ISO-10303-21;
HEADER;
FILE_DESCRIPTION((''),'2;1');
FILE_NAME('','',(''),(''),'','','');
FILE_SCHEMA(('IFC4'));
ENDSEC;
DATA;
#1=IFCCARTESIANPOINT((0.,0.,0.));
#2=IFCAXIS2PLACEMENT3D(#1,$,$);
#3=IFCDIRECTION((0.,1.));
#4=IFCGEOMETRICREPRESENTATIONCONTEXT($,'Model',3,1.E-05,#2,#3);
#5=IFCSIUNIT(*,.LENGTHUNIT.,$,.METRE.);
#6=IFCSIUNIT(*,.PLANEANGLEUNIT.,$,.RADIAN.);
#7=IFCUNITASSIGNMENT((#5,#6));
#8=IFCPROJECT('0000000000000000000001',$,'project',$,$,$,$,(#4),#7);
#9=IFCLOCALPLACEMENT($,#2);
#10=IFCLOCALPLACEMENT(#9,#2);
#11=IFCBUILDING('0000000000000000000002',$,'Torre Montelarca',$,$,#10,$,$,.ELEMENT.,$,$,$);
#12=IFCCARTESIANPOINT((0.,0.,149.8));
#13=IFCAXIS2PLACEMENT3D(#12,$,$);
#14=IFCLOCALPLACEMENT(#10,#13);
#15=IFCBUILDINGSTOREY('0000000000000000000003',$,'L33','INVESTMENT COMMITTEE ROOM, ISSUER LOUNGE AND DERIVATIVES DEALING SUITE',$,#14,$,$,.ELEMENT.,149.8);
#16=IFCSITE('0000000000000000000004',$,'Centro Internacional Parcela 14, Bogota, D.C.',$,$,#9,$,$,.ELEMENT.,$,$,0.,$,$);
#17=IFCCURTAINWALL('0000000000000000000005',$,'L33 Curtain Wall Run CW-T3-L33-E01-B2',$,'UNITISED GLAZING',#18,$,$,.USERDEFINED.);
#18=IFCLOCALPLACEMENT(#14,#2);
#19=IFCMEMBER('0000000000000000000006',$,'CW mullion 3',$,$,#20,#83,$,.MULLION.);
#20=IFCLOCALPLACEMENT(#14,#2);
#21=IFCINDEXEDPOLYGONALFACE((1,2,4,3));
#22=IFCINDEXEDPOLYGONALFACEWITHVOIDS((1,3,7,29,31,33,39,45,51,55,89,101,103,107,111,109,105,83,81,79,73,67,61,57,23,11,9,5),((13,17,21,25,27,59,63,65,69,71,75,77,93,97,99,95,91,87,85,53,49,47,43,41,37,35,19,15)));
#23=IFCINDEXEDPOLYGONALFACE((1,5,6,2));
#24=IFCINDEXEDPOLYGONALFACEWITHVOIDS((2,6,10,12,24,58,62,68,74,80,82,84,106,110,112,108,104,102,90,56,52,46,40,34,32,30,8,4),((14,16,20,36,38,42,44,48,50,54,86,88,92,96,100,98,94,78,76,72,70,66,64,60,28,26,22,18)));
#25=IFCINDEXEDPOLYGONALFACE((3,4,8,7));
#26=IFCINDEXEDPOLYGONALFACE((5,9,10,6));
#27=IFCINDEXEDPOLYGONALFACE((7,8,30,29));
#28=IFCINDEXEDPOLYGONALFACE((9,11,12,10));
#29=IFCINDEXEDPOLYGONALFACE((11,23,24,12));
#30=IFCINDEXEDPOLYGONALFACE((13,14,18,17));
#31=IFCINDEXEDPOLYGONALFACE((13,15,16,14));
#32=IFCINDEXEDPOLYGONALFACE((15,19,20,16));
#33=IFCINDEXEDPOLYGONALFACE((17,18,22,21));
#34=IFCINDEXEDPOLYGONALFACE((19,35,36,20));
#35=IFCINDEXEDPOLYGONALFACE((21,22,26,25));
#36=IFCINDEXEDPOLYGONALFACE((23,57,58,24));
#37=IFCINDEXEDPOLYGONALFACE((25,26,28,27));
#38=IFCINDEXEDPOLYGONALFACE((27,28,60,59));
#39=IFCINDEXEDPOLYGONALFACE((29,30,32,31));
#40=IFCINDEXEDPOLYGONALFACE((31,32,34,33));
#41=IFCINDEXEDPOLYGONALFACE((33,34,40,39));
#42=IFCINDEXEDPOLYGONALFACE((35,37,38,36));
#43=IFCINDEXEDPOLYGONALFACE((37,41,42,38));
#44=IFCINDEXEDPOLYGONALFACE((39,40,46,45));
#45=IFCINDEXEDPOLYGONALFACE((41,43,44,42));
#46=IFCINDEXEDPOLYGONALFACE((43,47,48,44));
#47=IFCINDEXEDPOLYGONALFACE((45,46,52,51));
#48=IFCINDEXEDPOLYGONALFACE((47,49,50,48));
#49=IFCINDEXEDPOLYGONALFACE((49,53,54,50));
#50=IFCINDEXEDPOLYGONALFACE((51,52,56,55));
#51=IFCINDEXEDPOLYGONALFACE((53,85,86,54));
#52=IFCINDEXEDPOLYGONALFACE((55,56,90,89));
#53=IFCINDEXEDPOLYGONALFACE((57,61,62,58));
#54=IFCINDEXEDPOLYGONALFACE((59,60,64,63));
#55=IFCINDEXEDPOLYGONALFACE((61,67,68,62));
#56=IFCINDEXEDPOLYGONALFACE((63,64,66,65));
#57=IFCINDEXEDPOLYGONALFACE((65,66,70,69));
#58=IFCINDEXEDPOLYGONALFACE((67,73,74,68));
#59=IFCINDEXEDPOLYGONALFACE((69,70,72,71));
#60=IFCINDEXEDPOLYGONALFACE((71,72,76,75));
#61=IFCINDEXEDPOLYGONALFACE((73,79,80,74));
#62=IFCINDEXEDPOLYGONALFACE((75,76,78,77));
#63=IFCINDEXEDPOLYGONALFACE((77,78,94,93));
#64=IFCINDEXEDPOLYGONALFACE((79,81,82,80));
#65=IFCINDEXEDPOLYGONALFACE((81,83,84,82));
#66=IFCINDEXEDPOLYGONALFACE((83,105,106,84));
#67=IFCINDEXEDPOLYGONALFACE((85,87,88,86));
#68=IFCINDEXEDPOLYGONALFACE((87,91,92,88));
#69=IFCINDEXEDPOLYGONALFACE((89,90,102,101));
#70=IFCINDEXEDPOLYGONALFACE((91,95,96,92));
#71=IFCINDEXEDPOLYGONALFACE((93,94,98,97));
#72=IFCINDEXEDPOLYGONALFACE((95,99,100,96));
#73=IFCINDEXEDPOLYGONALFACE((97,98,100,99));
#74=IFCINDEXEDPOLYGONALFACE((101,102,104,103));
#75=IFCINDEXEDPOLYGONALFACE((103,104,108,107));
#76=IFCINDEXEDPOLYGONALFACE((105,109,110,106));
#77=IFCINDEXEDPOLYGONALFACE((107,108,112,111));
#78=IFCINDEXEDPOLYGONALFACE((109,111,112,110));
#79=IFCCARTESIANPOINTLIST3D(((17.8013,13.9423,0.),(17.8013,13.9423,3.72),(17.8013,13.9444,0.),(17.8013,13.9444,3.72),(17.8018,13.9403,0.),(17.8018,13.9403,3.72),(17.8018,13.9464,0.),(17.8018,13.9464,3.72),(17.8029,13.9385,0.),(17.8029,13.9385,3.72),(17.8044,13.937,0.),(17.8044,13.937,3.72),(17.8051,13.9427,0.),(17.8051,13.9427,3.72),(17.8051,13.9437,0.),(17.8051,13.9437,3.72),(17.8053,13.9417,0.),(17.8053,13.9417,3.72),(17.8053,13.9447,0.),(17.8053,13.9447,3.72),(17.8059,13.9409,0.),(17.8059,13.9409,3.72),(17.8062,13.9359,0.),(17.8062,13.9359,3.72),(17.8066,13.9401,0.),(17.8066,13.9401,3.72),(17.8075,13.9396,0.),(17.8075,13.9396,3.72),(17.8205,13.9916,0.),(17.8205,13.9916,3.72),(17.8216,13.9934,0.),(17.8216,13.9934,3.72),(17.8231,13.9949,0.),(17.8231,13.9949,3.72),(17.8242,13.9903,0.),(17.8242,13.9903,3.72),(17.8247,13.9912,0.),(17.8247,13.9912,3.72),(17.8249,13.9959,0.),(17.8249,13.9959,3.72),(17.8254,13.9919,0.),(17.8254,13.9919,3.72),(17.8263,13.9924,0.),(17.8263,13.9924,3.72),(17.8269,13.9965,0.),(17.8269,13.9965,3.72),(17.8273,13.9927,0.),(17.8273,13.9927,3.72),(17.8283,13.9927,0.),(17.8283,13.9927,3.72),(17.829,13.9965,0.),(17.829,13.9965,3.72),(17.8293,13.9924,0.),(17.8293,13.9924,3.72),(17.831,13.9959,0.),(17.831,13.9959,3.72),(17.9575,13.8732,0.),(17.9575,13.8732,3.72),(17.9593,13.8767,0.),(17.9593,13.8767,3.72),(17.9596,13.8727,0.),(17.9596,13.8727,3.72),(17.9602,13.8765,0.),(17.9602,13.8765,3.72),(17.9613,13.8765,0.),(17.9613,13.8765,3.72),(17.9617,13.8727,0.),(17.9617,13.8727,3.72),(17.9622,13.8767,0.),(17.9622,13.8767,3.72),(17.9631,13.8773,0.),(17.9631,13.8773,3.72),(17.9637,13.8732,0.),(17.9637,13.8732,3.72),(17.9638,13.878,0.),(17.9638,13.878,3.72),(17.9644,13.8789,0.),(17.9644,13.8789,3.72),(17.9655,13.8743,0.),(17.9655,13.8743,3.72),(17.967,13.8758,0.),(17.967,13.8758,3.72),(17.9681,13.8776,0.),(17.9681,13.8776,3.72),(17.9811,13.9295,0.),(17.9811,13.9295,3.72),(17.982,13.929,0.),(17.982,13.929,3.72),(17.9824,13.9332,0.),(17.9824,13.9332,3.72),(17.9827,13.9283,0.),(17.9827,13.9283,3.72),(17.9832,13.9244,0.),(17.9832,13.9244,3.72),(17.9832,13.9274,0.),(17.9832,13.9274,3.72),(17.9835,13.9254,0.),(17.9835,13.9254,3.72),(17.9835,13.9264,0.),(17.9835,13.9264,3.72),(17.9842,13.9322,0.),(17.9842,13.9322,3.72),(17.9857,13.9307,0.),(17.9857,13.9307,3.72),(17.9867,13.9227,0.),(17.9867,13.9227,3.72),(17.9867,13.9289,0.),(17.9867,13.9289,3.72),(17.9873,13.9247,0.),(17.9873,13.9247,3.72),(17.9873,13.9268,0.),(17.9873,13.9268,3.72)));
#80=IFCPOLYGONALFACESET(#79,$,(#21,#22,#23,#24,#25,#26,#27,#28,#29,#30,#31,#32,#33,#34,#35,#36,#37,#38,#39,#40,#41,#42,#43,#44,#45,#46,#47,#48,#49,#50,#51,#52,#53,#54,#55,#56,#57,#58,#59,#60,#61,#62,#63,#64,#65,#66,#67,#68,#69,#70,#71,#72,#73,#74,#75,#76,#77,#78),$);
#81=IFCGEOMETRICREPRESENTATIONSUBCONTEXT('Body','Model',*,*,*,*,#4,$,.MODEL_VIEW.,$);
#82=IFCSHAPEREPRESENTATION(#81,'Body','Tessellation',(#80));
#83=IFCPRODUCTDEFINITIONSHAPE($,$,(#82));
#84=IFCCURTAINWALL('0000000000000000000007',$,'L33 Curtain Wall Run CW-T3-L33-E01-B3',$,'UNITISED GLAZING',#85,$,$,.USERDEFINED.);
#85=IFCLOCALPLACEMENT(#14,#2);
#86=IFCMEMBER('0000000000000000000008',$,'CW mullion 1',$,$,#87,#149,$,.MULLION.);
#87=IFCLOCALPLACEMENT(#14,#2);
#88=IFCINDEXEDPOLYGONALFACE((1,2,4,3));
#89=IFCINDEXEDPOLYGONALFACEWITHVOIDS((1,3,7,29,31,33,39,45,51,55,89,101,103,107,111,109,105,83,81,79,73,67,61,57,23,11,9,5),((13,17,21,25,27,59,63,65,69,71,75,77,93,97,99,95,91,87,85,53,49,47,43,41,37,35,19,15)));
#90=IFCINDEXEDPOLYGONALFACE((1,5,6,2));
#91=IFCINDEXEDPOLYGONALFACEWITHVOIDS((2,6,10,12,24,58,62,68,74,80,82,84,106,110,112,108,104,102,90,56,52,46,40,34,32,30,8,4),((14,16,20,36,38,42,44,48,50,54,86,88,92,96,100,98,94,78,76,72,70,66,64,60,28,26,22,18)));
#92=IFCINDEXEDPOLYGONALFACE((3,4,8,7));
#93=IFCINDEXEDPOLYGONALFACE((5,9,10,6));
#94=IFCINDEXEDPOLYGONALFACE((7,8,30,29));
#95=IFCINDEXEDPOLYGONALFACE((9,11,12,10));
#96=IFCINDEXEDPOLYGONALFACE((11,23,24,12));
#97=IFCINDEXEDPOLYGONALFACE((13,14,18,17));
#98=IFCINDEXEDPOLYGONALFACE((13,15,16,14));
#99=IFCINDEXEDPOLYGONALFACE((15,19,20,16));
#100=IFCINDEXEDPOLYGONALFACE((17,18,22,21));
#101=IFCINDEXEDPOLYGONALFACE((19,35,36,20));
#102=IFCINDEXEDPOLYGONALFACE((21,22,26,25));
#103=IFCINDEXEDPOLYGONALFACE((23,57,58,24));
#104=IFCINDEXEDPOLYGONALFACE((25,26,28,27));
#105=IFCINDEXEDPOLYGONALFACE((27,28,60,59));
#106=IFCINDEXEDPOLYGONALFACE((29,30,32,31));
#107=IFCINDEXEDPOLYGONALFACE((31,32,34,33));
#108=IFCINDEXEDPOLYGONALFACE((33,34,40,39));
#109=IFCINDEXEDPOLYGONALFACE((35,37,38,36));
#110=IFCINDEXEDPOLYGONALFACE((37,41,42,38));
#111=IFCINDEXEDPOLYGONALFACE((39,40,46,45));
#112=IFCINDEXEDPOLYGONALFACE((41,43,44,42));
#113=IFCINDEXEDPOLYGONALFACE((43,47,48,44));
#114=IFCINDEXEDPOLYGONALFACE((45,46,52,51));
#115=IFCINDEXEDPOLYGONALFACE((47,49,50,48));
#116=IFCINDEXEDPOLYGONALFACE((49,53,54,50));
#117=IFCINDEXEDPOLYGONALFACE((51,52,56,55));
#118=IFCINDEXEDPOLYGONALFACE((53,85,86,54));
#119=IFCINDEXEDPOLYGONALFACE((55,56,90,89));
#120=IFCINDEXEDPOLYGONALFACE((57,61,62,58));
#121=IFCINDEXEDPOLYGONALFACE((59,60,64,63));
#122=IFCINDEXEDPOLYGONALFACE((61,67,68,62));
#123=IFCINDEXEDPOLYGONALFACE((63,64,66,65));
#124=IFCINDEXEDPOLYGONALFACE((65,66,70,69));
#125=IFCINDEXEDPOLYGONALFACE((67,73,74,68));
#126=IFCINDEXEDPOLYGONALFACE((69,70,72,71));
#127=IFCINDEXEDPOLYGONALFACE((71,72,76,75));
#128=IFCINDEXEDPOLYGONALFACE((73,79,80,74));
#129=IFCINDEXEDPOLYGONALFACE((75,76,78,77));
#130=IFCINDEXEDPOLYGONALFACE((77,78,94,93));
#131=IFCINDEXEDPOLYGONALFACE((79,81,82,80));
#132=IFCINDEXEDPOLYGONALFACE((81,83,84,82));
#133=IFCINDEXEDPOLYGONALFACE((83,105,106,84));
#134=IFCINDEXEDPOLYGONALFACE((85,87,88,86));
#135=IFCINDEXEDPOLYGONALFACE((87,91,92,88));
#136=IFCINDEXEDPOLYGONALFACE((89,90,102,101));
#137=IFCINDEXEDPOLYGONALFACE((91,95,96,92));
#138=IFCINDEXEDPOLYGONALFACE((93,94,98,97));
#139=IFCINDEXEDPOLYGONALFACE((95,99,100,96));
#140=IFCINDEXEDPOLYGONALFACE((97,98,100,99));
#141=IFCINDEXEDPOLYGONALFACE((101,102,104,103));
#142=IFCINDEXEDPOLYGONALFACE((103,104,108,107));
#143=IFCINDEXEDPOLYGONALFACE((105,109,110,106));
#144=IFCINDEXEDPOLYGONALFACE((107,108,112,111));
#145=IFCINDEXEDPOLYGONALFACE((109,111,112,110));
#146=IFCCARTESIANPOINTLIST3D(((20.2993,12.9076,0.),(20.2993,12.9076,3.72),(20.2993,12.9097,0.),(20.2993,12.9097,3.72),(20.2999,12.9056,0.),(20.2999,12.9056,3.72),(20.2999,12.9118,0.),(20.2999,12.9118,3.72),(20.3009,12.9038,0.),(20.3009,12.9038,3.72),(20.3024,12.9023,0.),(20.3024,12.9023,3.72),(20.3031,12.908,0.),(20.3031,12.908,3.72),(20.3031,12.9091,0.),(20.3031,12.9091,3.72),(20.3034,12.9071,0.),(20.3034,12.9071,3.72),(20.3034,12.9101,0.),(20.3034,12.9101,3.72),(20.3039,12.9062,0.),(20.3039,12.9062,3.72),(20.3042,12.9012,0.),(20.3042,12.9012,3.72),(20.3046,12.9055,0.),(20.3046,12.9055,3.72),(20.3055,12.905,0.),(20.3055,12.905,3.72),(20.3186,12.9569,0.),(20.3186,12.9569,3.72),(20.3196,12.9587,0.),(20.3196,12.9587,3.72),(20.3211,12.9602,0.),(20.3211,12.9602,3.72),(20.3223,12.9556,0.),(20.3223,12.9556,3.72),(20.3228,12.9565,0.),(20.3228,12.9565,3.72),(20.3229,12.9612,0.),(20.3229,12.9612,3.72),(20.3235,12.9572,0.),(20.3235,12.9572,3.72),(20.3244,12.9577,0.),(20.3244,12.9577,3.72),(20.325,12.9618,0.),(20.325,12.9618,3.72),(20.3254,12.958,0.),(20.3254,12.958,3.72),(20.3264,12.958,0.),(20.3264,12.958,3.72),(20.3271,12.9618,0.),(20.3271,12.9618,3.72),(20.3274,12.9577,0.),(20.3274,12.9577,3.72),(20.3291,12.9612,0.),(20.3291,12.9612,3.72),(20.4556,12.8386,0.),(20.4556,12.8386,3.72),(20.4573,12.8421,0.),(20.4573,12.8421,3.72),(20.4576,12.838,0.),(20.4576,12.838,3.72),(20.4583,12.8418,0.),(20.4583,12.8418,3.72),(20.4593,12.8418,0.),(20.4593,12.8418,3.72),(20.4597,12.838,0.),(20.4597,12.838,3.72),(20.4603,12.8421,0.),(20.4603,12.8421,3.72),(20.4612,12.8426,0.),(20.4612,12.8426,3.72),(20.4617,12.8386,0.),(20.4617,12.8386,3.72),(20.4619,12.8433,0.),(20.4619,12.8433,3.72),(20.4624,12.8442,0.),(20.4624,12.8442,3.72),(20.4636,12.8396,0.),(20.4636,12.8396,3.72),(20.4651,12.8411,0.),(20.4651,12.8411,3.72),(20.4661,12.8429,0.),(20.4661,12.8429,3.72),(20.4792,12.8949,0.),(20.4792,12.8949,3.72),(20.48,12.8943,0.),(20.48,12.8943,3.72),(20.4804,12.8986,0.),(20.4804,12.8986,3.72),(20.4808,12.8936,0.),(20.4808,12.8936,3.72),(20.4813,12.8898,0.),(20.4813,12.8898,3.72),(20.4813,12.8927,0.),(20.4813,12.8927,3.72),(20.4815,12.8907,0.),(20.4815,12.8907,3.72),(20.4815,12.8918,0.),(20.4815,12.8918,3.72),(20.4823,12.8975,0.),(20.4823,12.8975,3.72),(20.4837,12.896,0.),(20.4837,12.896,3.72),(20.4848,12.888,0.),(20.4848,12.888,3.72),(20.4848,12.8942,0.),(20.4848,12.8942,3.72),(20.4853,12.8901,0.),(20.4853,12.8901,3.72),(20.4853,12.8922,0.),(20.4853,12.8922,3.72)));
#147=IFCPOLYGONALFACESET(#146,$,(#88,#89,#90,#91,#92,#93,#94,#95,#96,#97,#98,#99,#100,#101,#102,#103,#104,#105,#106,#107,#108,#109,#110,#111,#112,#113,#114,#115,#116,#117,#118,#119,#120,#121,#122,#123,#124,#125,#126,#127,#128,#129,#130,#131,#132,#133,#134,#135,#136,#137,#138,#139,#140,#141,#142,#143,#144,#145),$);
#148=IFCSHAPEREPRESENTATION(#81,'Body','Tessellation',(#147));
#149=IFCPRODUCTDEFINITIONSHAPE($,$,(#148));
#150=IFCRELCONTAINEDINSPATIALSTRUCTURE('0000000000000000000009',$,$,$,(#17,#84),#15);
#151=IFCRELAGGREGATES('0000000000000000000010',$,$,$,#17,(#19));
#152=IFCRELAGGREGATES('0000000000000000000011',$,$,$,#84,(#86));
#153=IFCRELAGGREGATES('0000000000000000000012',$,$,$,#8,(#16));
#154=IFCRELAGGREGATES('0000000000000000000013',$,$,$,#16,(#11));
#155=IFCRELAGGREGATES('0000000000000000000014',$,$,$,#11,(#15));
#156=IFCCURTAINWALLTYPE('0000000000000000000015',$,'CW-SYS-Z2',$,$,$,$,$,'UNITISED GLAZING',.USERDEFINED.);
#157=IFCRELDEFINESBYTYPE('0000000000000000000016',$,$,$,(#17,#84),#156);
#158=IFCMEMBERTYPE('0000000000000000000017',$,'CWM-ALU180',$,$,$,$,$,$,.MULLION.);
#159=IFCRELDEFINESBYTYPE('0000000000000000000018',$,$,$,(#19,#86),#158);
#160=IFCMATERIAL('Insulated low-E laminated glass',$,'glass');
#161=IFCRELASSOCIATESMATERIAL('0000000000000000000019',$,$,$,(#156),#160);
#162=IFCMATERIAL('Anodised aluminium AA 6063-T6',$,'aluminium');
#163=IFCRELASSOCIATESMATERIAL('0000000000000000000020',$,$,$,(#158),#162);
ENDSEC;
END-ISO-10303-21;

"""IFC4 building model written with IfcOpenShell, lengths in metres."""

from ifc_helpers import new_model, si_unit, direction, frame, origin, origin_2d, place, context, subcontext, project, spatial, hollow_rectangle, extrude, source, transform, mapped, material, material_profile, profile_set, type_object, element, aggregate, save


model = new_model("IFC4")

# Units and contexts
model_context = context("Model", 3, precision=1e-05, world=origin(), true_north=direction((0.0, 1.0)))
body_context = subcontext(model_context, "Body", "Model", "MODEL_VIEW")
ifc_project = project(units=[si_unit("LENGTHUNIT", "METRE"), si_unit("PLANEANGLEUNIT", "RADIAN")], contexts=[model_context])

# Site, building, storey
site_placement = place(None, origin())
site = spatial("IfcSite", under=ifc_project, at=site_placement, Name="Centro Internacional Parcela 14, Bogota, D.C.", CompositionType="ELEMENT", RefElevation=0.0)
building_placement = place(site_placement, origin())
building = spatial("IfcBuilding", under=site, at=building_placement, Name="Torre Montelarca", CompositionType="ELEMENT")
storey_placement = place(building_placement, frame((0.0, 0.0, 149.8)))
storey = spatial("IfcBuildingStorey", under=building, at=storey_placement, Name="L33", Description="INVESTMENT COMMITTEE ROOM, ISSUER LOUNGE AND DERIVATIVES DEALING SUITE", CompositionType="ELEMENT", Elevation=149.8)

# Shared definitions
ifc_material_1 = material(Name="Insulated low-E laminated glass", Category="glass")
curtain_wall_type = type_object("IfcCurtainWallType", Name="CW-SYS-Z2", ElementType="UNITISED GLAZING", PredefinedType="USERDEFINED", material=ifc_material_1)
ifc_material_2 = material(Name="Anodised aluminium AA 6063-T6", Category="aluminium")

# Curtain wall, member
curtain_wall_1_placement = place(storey_placement, origin())
curtain_wall_1 = element("IfcCurtainWall", 1, at=curtain_wall_1_placement, inside=storey, type_object=curtain_wall_type, Name="L33 Curtain Wall Run CW-T3-L33-E01-B2", ObjectType="UNITISED GLAZING", PredefinedType="USERDEFINED")
ifc_material_profile_1 = material_profile(ifc_material_2, hollow_rectangle(XDim=0.0649, YDim=0.1799, WallThickness=0.0039, InnerFilletRadius=0.0039, OuterFilletRadius=0.0081, at=origin_2d()), Name="ALU65X180X4", Category="aluminium")
ifc_profile_set_1 = profile_set([ifc_material_profile_1], Name="Anodised aluminium AA 6063-T6")
member_type_1 = type_object("IfcMemberType", Name="CWM-ALU180", PredefinedType="MULLION", material=ifc_profile_set_1)
shared_shape_1 = source(origin(), body_context, "Body", "SweptSolid", [
    extrude(hollow_rectangle(XDim=0.0649, YDim=0.1799, WallThickness=0.0039, InnerFilletRadius=0.0039, OuterFilletRadius=0.0081, at=origin_2d()), origin(), (0.0, 0.0, 1.0), 3.72),
])
member_1_placement = place(storey_placement, frame((17.8943, 13.9346, 0.0), z_axis=(0.0, 0.0, 1.0), x_axis=(0.382688, 0.923878, 0.0)))
member_1 = element("IfcMember", 2, at=member_1_placement, type_object=member_type_1, Name="CW mullion 3", PredefinedType="MULLION", context=body_context, shape_type="MappedRepresentation", body=[
    mapped(shared_shape_1, transform((0.0, 0.0, 0.0), scale=1.0)),
])
aggregate(curtain_wall_1, [member_1])

# Curtain wall, member
curtain_wall_2_placement = place(storey_placement, origin())
curtain_wall_2 = element("IfcCurtainWall", 3, at=curtain_wall_2_placement, inside=storey, type_object=curtain_wall_type, Name="L33 Curtain Wall Run CW-T3-L33-E01-B3", ObjectType="UNITISED GLAZING", PredefinedType="USERDEFINED")
member_2_placement = place(storey_placement, frame((20.3923, 12.8999, 0.0), z_axis=(0.0, 0.0, 1.0), x_axis=(0.382676, 0.923882, 0.0)))
member_2 = element("IfcMember", 4, at=member_2_placement, type_object=member_type_1, Name="CW mullion 1", PredefinedType="MULLION", context=body_context, shape_type="MappedRepresentation", body=[
    mapped(shared_shape_1, transform((0.0, 0.0, 0.0), scale=1.0)),
])

aggregate(curtain_wall_2, [member_2])

save(model, "model.ifc")
